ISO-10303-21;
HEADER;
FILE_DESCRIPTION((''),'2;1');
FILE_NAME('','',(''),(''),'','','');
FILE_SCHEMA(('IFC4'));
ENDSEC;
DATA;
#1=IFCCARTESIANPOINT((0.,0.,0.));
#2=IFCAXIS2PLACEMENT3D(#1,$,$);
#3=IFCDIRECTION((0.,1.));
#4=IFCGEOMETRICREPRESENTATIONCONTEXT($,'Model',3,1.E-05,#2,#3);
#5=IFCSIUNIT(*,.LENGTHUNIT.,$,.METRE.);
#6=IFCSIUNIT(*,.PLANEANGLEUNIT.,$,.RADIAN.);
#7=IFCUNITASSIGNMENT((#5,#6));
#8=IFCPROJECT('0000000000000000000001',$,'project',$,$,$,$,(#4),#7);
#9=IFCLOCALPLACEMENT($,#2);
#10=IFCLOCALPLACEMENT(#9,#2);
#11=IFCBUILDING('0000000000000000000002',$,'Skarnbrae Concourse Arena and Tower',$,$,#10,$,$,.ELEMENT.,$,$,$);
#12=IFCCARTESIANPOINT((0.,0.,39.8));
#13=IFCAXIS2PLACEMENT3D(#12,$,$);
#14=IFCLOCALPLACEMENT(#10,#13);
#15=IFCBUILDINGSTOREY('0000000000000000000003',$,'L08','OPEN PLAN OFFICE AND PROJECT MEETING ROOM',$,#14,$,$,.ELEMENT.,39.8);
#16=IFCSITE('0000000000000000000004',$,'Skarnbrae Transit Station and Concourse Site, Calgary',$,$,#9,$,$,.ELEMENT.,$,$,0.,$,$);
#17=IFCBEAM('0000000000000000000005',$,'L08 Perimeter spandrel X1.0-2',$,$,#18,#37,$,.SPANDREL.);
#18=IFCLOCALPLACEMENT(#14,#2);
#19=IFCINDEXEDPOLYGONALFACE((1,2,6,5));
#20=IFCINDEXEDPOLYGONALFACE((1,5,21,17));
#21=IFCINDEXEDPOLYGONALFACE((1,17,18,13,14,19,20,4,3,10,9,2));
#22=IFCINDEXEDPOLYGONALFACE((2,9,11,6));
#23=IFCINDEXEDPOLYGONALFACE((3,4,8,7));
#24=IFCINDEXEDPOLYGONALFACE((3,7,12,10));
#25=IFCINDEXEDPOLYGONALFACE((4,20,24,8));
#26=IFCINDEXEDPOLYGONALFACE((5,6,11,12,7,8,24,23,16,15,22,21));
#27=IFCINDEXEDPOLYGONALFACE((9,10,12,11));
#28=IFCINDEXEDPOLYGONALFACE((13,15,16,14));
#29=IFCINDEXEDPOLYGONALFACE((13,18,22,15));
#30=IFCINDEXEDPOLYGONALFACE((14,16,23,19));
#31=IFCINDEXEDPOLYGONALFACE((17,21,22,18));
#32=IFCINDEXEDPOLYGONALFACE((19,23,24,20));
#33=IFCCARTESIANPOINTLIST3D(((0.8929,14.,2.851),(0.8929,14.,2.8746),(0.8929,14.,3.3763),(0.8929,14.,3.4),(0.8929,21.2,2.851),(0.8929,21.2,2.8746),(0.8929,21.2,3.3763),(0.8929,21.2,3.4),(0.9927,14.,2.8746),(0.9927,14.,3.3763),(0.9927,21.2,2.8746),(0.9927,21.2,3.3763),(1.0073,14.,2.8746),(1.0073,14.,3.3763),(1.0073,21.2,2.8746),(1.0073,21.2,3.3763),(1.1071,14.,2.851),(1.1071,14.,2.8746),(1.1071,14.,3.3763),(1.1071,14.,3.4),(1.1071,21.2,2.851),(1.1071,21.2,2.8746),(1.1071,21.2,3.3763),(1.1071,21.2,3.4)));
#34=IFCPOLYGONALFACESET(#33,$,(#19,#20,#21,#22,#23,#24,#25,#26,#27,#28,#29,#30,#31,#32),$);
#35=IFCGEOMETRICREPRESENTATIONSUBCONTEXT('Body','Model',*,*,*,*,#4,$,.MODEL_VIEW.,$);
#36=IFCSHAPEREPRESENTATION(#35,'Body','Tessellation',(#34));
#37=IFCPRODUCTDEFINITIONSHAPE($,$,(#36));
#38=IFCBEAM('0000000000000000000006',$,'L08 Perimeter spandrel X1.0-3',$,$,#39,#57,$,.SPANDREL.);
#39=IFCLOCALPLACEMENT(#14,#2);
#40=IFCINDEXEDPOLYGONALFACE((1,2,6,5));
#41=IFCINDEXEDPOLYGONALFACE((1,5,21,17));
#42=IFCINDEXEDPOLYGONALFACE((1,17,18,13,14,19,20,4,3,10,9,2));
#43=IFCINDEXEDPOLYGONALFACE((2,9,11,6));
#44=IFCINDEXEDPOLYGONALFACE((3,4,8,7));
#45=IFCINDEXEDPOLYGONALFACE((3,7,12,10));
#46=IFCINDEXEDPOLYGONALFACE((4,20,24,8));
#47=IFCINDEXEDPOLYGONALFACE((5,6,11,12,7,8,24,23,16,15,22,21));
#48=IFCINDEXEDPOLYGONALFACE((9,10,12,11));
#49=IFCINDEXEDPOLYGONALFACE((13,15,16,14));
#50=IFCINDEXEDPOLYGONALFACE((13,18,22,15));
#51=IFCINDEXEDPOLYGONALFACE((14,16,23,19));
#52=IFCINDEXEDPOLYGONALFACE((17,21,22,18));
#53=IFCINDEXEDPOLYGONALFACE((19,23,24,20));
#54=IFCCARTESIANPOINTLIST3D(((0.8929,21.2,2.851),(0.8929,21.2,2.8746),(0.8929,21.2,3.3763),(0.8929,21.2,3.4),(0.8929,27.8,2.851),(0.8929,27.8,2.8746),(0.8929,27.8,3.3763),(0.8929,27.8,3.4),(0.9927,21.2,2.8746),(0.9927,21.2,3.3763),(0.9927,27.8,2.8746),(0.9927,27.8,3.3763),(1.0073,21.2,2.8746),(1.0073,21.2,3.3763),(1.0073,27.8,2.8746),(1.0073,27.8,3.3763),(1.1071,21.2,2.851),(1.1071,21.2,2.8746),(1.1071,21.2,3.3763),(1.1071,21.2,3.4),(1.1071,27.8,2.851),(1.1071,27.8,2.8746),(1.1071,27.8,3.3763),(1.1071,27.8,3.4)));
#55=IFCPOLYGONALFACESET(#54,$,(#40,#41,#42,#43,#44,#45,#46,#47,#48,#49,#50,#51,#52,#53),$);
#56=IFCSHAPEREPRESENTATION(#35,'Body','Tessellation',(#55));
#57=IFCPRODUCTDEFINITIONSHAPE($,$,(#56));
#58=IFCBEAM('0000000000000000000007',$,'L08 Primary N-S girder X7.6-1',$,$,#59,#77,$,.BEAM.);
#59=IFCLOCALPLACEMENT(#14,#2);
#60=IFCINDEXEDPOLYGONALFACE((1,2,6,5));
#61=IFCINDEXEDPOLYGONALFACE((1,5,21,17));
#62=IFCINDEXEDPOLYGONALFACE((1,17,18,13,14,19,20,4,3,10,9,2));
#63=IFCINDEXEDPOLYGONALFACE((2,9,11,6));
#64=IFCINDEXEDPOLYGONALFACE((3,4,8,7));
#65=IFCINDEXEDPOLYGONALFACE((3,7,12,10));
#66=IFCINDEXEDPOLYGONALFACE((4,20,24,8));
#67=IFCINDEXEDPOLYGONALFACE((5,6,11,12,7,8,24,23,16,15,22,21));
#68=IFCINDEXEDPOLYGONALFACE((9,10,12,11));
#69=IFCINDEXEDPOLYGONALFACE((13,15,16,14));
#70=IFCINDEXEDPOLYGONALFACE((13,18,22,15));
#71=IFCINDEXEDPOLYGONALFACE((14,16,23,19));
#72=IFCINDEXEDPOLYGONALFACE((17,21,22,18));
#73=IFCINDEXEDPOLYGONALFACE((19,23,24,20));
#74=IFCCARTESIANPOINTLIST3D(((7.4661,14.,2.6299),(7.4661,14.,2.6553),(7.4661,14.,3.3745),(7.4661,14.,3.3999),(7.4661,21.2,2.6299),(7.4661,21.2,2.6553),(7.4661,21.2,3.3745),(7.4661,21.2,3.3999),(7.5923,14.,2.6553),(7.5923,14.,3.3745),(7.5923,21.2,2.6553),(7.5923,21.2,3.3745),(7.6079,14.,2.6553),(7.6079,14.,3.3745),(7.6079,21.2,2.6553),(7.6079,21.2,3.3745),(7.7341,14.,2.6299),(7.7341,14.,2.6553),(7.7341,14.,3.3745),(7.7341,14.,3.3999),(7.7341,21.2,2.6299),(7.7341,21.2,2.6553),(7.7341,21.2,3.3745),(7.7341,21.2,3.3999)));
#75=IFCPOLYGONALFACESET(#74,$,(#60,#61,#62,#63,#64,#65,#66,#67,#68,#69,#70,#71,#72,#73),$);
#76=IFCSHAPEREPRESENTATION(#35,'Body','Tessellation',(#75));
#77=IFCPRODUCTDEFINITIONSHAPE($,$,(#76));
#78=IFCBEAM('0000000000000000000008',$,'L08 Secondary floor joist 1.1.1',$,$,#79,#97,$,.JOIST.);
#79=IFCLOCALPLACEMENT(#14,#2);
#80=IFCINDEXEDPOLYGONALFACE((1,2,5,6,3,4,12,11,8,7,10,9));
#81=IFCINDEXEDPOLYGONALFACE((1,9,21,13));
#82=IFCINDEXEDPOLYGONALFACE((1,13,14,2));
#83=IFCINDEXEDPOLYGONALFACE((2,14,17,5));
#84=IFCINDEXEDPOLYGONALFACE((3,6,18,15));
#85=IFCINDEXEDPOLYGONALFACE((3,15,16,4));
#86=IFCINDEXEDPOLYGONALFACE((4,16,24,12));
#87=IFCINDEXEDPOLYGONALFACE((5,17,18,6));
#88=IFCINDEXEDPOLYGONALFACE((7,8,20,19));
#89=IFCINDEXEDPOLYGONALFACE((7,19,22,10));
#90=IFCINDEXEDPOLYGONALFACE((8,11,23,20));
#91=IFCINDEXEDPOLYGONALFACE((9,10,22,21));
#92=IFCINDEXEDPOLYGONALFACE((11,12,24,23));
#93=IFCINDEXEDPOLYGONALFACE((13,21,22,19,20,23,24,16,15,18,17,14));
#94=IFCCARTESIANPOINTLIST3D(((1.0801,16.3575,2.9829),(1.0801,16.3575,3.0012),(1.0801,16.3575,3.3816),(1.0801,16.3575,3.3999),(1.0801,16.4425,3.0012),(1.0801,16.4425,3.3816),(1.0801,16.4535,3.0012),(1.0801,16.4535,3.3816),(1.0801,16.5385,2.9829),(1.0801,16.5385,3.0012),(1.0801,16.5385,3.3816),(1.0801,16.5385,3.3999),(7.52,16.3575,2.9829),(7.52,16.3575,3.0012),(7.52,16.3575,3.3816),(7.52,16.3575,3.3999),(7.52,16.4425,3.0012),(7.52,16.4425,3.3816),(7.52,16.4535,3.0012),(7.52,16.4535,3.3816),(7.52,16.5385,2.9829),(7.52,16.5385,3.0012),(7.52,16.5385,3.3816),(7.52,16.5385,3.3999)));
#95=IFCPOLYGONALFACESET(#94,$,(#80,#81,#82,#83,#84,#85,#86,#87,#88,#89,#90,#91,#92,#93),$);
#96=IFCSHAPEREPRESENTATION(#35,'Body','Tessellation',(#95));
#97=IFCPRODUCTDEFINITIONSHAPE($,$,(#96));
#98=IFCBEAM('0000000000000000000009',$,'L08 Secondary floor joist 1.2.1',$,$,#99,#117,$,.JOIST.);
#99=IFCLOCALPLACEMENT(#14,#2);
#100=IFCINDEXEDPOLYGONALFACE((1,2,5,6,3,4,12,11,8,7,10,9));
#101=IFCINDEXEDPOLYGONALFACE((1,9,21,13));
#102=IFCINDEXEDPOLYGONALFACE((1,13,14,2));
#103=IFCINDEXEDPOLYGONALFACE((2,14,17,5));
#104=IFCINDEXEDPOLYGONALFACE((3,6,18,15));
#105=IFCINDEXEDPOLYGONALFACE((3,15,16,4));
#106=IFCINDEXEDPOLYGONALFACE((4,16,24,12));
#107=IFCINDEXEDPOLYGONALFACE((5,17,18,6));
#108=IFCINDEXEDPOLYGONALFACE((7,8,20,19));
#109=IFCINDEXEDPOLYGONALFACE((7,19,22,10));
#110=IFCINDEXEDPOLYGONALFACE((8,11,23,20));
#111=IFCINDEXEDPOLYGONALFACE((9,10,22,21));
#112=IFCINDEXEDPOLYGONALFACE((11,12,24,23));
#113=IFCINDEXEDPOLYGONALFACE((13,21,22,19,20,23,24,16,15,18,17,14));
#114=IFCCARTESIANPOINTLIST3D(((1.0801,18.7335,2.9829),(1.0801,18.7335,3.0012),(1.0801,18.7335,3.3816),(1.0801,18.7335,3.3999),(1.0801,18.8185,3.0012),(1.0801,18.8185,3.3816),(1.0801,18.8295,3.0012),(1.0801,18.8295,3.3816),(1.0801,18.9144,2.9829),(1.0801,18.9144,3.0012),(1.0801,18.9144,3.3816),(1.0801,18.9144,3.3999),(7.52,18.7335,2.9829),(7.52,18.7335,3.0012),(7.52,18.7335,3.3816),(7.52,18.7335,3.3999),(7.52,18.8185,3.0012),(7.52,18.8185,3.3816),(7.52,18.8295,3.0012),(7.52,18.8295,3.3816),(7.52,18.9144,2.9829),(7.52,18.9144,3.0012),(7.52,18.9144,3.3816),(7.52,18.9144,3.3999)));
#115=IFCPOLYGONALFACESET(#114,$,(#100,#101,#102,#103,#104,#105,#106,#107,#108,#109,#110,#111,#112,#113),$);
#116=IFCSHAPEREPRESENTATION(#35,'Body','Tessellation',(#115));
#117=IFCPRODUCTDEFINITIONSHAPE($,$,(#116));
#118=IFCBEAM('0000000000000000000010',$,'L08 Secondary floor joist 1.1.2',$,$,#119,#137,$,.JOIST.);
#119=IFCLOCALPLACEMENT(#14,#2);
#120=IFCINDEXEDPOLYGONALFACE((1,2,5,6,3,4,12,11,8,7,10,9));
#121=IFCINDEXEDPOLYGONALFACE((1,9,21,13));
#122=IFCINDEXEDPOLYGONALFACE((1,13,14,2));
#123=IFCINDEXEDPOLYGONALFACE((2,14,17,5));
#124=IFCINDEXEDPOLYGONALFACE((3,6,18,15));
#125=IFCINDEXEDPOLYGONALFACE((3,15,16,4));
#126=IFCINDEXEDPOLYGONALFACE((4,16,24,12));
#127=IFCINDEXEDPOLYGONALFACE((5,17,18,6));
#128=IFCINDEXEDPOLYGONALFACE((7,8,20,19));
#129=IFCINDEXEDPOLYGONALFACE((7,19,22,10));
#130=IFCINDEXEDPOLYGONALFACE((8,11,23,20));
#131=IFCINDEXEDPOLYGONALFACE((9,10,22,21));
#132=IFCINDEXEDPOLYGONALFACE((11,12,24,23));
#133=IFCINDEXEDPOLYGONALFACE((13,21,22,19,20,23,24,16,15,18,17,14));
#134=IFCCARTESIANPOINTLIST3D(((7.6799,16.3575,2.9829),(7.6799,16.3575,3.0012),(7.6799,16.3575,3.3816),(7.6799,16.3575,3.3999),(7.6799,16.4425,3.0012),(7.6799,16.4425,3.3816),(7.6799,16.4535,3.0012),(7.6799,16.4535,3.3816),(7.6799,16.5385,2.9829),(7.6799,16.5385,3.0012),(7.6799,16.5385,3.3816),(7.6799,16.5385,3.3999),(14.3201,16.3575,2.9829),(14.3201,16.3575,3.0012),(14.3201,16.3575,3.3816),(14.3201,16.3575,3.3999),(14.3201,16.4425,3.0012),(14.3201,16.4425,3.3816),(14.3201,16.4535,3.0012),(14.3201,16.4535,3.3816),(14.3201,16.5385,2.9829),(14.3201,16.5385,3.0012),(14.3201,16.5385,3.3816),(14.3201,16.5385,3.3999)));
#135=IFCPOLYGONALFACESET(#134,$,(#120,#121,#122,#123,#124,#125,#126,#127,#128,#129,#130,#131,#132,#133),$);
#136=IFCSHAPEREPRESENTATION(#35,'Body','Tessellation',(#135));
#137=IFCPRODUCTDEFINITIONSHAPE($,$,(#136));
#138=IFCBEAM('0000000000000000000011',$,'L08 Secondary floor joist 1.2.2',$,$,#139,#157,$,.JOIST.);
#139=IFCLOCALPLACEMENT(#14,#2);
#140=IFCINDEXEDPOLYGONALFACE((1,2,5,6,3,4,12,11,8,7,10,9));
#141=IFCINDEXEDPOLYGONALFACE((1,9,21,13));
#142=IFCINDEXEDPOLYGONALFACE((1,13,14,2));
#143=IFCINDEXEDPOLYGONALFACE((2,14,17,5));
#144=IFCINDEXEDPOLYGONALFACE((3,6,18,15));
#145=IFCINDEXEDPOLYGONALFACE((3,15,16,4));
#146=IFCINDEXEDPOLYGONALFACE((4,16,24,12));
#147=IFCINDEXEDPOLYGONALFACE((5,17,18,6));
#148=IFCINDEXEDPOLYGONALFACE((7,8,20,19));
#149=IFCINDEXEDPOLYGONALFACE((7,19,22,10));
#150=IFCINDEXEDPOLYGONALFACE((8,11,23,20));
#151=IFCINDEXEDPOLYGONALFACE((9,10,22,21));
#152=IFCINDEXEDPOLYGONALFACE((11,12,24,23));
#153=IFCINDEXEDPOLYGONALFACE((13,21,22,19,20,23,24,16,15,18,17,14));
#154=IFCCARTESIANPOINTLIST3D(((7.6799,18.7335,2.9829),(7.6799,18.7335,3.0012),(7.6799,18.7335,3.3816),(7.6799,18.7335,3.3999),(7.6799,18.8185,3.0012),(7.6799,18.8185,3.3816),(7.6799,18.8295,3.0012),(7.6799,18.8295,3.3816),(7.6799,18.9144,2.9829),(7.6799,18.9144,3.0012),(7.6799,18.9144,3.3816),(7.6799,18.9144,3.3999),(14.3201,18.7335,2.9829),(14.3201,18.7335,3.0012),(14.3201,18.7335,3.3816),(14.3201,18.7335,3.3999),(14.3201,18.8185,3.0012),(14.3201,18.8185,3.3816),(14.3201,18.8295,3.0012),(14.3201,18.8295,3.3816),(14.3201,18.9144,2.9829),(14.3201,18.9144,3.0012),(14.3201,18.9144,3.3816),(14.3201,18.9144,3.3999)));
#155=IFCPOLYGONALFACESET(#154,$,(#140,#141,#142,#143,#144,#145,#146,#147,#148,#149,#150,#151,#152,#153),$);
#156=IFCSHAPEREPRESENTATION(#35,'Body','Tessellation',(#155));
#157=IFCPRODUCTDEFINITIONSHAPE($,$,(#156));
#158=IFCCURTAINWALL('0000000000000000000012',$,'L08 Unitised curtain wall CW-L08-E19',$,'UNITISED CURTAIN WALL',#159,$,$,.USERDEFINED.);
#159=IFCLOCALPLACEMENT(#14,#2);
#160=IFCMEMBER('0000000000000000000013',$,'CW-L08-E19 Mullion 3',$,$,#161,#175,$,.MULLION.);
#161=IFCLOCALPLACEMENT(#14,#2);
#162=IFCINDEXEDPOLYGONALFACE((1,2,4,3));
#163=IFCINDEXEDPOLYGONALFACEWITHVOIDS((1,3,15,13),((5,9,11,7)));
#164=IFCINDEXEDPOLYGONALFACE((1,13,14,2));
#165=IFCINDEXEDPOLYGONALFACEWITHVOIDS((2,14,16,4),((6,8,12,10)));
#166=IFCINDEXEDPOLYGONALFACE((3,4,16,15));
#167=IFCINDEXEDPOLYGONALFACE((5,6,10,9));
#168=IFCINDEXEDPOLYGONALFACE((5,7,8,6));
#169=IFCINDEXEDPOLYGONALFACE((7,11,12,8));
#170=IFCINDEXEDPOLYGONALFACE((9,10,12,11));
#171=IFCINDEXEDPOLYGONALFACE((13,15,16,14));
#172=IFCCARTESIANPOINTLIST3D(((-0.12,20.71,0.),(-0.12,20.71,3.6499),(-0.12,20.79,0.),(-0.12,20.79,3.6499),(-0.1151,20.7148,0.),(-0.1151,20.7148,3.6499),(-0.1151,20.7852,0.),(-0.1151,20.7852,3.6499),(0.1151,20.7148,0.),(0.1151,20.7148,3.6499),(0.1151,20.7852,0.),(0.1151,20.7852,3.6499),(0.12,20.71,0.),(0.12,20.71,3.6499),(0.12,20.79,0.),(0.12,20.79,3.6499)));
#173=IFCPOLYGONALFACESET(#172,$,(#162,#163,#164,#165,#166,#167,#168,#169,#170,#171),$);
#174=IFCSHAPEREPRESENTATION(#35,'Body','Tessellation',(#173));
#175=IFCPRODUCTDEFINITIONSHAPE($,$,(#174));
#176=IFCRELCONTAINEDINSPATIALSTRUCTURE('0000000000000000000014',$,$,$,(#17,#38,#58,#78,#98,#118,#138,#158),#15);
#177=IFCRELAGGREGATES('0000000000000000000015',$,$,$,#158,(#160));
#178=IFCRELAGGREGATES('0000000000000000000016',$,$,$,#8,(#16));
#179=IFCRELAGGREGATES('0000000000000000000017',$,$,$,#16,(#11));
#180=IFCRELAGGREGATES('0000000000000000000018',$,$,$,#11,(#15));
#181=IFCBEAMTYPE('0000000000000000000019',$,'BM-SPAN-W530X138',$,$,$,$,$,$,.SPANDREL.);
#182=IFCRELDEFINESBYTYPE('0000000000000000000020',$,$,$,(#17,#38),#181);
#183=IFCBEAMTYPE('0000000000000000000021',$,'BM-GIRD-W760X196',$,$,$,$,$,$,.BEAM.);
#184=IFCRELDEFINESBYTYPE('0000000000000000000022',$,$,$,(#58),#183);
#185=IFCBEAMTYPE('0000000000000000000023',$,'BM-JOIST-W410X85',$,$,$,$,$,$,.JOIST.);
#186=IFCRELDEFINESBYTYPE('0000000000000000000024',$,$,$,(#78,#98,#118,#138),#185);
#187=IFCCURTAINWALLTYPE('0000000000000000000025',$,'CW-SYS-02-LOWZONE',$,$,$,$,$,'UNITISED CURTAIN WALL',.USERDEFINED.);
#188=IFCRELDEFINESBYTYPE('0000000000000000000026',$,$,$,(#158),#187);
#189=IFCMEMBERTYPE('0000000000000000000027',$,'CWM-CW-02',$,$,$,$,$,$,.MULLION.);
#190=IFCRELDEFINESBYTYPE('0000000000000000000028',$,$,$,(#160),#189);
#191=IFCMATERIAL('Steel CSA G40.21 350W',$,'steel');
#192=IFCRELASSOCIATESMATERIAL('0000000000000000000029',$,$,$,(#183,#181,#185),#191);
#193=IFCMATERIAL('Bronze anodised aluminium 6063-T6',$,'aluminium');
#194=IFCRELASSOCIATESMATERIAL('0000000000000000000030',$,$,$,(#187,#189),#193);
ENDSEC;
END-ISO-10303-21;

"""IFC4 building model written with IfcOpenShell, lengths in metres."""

from ifc_helpers import new_model, si_unit, direction, frame, origin, origin_2d, place, context, subcontext, project, spatial, hollow_rectangle, i_section, extrude, source, transform, mapped, material, material_profile, profile_set, type_object, element, aggregate, save


model = new_model("IFC4")

# Units and contexts
model_context = context("Model", 3, precision=1e-05, world=origin(), true_north=direction((0.0, 1.0)))
body_context = subcontext(model_context, "Body", "Model", "MODEL_VIEW")
ifc_project = project(units=[si_unit("LENGTHUNIT", "METRE"), si_unit("PLANEANGLEUNIT", "RADIAN")], contexts=[model_context])

# Site, building, storey
site_placement = place(None, origin())
site = spatial("IfcSite", under=ifc_project, at=site_placement, Name="Skarnbrae Transit Station and Concourse Site, Calgary", CompositionType="ELEMENT", RefElevation=0.0)
building_placement = place(site_placement, origin())
building = spatial("IfcBuilding", under=site, at=building_placement, Name="Skarnbrae Concourse Arena and Tower", CompositionType="ELEMENT")
storey_placement = place(building_placement, frame((0.0, 0.0, 39.8)))
storey = spatial("IfcBuildingStorey", under=building, at=storey_placement, Name="L08", Description="OPEN PLAN OFFICE AND PROJECT MEETING ROOM", CompositionType="ELEMENT", Elevation=39.8)

# Shared definitions
ifc_material_1 = material(Name="Steel CSA G40.21 350W", Category="steel")

# Beams
ifc_material_profile_1 = material_profile(ifc_material_1, i_section(OverallWidth=0.2681, OverallDepth=0.77, WebThickness=0.0156, FlangeThickness=0.0254, at=origin_2d()), Name="W760X196")
ifc_profile_set_1 = profile_set([ifc_material_profile_1], Name="Steel CSA G40.21 350W")
beam_type_1 = type_object("IfcBeamType", Name="BM-GIRD-W760X196", PredefinedType="BEAM", material=ifc_profile_set_1)
ifc_material_profile_2 = material_profile(ifc_material_1, i_section(OverallWidth=0.2141, OverallDepth=0.5491, WebThickness=0.0146, FlangeThickness=0.0237, at=origin_2d()), Name="W530X138")
ifc_profile_set_2 = profile_set([ifc_material_profile_2], Name="Steel CSA G40.21 350W")
beam_type_2 = type_object("IfcBeamType", Name="BM-SPAN-W530X138", PredefinedType="SPANDREL", material=ifc_profile_set_2)
shared_shape_1 = source(origin(), body_context, "Body", "SweptSolid", [
    extrude(i_section(OverallWidth=0.2141, OverallDepth=0.5491, WebThickness=0.0146, FlangeThickness=0.0237, at=origin_2d()), origin(), (0.0, 0.0, 1.0), 7.2),
])
beam_1_placement = place(storey_placement, frame((1.0, 14.0, 3.1255), z_axis=(0.0, 1.0, 0.0), x_axis=(-1.0, 0.0, 0.0)))
element("IfcBeam", 1, at=beam_1_placement, inside=storey, type_object=beam_type_2, Name="L08 Perimeter spandrel X1.0-2", PredefinedType="SPANDREL", context=body_context, shape_type="MappedRepresentation", body=[
    mapped(shared_shape_1, transform((0.0, 0.0, 0.0))),
])
shared_shape_2 = source(origin(), body_context, "Body", "SweptSolid", [
    extrude(i_section(OverallWidth=0.2141, OverallDepth=0.5491, WebThickness=0.0146, FlangeThickness=0.0237, at=origin_2d()), origin(), (0.0, 0.0, 1.0), 6.6001),
])
beam_2_placement = place(storey_placement, frame((1.0, 21.2, 3.1255), z_axis=(0.0, 1.0, 0.0), x_axis=(-1.0, 0.0, 0.0)))
element("IfcBeam", 2, at=beam_2_placement, inside=storey, type_object=beam_type_2, Name="L08 Perimeter spandrel X1.0-3", PredefinedType="SPANDREL", context=body_context, shape_type="MappedRepresentation", body=[
    mapped(shared_shape_2, transform((0.0, 0.0, 0.0))),
])
shared_shape_3 = source(origin(), body_context, "Body", "SweptSolid", [
    extrude(i_section(OverallWidth=0.2681, OverallDepth=0.77, WebThickness=0.0156, FlangeThickness=0.0254, at=origin_2d()), origin(), (0.0, 0.0, 1.0), 7.2),
])
beam_3_placement = place(storey_placement, frame((7.6001, 14.0, 3.0149), z_axis=(0.0, 1.0, 0.0), x_axis=(-1.0, 0.0, 0.0)))
element("IfcBeam", 3, at=beam_3_placement, inside=storey, type_object=beam_type_1, Name="L08 Primary N-S girder X7.6-1", PredefinedType="BEAM", context=body_context, shape_type="MappedRepresentation", body=[
    mapped(shared_shape_3, transform((0.0, 0.0, 0.0))),
])
ifc_material_profile_3 = material_profile(ifc_material_1, i_section(OverallWidth=0.1809, OverallDepth=0.417, WebThickness=0.011, FlangeThickness=0.0183, at=origin_2d()), Name="W410X85")
ifc_profile_set_3 = profile_set([ifc_material_profile_3], Name="Steel CSA G40.21 350W")
beam_type_3 = type_object("IfcBeamType", Name="BM-JOIST-W410X85", PredefinedType="JOIST", material=ifc_profile_set_3)
shared_shape_4 = source(origin(), body_context, "Body", "SweptSolid", [
    extrude(i_section(OverallWidth=0.1809, OverallDepth=0.417, WebThickness=0.011, FlangeThickness=0.0183, at=origin_2d()), origin(), (0.0, 0.0, 1.0), 6.4399),
])
for number, where, z_axis, x_axis, name in (
    (4, (1.0801, 16.448, 3.1914), (1.0, 0.0, 0.0), (0.0, 1.0, 0.0), "L08 Secondary floor joist 1.1.1"),
    (5, (1.0801, 18.824, 3.1914), (1.0, 0.0, 0.0), (0.0, 1.0, 0.0), "L08 Secondary floor joist 1.2.1"),
):
    element("IfcBeam", number, at=place(storey_placement, frame(where, z_axis=z_axis, x_axis=x_axis)), inside=storey, type_object=beam_type_3, Name=name, PredefinedType="JOIST", context=body_context, shape_type="MappedRepresentation", body=[
        mapped(shared_shape_4, transform((0.0, 0.0, 0.0))),
    ])
shared_shape_5 = source(origin(), body_context, "Body", "SweptSolid", [
    extrude(i_section(OverallWidth=0.1809, OverallDepth=0.417, WebThickness=0.011, FlangeThickness=0.0183, at=origin_2d()), origin(), (0.0, 0.0, 1.0), 6.6401),
])
for number, where, z_axis, x_axis, name in (
    (6, (7.6799, 16.448, 3.1914), (1.0, 0.0, 0.0), (0.0, 1.0, 0.0), "L08 Secondary floor joist 1.1.2"),
    (7, (7.6799, 18.824, 3.1914), (1.0, 0.0, 0.0), (0.0, 1.0, 0.0), "L08 Secondary floor joist 1.2.2"),
):
    element("IfcBeam", number, at=place(storey_placement, frame(where, z_axis=z_axis, x_axis=x_axis)), inside=storey, type_object=beam_type_3, Name=name, PredefinedType="JOIST", context=body_context, shape_type="MappedRepresentation", body=[
        mapped(shared_shape_5, transform((0.0, 0.0, 0.0))),
    ])

# Curtain wall, member
ifc_material_2 = material(Name="Bronze anodised aluminium 6063-T6", Category="aluminium")
curtain_wall_type = type_object("IfcCurtainWallType", Name="CW-SYS-02-LOWZONE", ElementType="UNITISED CURTAIN WALL", PredefinedType="USERDEFINED", material=ifc_material_2)
curtain_wall_placement = place(storey_placement, origin())
curtain_wall = element("IfcCurtainWall", 8, at=curtain_wall_placement, inside=storey, type_object=curtain_wall_type, Name="L08 Unitised curtain wall CW-L08-E19", ObjectType="UNITISED CURTAIN WALL", PredefinedType="USERDEFINED")
ifc_material_profile_4 = material_profile(ifc_material_2, hollow_rectangle(XDim=0.0801, YDim=0.24, WallThickness=0.0049, at=origin_2d()), Name="ALU-MULL-80X240")
ifc_profile_set_4 = profile_set([ifc_material_profile_4], Name="Bronze anodised aluminium 6063-T6")
member_type_1 = type_object("IfcMemberType", Name="CWM-CW-02", PredefinedType="MULLION", material=ifc_profile_set_4)
shared_shape_6 = source(origin(), body_context, "Body", "SweptSolid", [
    extrude(hollow_rectangle(XDim=0.0801, YDim=0.24, WallThickness=0.0049, at=origin_2d()), origin(), (0.0, 0.0, 1.0), 3.6499),
])
member_1_placement = place(storey_placement, frame((0.0, 20.75, 0.0), z_axis=(0.0, 0.0, 1.0), x_axis=(0.0, -1.0, 0.0)))
member_1 = element("IfcMember", 9, at=member_1_placement, type_object=member_type_1, Name="CW-L08-E19 Mullion 3", PredefinedType="MULLION", context=body_context, shape_type="MappedRepresentation", body=[
    mapped(shared_shape_6, transform((0.0, 0.0, 0.0))),
])
aggregate(curtain_wall, [member_1])

save(model, "model.ifc")
